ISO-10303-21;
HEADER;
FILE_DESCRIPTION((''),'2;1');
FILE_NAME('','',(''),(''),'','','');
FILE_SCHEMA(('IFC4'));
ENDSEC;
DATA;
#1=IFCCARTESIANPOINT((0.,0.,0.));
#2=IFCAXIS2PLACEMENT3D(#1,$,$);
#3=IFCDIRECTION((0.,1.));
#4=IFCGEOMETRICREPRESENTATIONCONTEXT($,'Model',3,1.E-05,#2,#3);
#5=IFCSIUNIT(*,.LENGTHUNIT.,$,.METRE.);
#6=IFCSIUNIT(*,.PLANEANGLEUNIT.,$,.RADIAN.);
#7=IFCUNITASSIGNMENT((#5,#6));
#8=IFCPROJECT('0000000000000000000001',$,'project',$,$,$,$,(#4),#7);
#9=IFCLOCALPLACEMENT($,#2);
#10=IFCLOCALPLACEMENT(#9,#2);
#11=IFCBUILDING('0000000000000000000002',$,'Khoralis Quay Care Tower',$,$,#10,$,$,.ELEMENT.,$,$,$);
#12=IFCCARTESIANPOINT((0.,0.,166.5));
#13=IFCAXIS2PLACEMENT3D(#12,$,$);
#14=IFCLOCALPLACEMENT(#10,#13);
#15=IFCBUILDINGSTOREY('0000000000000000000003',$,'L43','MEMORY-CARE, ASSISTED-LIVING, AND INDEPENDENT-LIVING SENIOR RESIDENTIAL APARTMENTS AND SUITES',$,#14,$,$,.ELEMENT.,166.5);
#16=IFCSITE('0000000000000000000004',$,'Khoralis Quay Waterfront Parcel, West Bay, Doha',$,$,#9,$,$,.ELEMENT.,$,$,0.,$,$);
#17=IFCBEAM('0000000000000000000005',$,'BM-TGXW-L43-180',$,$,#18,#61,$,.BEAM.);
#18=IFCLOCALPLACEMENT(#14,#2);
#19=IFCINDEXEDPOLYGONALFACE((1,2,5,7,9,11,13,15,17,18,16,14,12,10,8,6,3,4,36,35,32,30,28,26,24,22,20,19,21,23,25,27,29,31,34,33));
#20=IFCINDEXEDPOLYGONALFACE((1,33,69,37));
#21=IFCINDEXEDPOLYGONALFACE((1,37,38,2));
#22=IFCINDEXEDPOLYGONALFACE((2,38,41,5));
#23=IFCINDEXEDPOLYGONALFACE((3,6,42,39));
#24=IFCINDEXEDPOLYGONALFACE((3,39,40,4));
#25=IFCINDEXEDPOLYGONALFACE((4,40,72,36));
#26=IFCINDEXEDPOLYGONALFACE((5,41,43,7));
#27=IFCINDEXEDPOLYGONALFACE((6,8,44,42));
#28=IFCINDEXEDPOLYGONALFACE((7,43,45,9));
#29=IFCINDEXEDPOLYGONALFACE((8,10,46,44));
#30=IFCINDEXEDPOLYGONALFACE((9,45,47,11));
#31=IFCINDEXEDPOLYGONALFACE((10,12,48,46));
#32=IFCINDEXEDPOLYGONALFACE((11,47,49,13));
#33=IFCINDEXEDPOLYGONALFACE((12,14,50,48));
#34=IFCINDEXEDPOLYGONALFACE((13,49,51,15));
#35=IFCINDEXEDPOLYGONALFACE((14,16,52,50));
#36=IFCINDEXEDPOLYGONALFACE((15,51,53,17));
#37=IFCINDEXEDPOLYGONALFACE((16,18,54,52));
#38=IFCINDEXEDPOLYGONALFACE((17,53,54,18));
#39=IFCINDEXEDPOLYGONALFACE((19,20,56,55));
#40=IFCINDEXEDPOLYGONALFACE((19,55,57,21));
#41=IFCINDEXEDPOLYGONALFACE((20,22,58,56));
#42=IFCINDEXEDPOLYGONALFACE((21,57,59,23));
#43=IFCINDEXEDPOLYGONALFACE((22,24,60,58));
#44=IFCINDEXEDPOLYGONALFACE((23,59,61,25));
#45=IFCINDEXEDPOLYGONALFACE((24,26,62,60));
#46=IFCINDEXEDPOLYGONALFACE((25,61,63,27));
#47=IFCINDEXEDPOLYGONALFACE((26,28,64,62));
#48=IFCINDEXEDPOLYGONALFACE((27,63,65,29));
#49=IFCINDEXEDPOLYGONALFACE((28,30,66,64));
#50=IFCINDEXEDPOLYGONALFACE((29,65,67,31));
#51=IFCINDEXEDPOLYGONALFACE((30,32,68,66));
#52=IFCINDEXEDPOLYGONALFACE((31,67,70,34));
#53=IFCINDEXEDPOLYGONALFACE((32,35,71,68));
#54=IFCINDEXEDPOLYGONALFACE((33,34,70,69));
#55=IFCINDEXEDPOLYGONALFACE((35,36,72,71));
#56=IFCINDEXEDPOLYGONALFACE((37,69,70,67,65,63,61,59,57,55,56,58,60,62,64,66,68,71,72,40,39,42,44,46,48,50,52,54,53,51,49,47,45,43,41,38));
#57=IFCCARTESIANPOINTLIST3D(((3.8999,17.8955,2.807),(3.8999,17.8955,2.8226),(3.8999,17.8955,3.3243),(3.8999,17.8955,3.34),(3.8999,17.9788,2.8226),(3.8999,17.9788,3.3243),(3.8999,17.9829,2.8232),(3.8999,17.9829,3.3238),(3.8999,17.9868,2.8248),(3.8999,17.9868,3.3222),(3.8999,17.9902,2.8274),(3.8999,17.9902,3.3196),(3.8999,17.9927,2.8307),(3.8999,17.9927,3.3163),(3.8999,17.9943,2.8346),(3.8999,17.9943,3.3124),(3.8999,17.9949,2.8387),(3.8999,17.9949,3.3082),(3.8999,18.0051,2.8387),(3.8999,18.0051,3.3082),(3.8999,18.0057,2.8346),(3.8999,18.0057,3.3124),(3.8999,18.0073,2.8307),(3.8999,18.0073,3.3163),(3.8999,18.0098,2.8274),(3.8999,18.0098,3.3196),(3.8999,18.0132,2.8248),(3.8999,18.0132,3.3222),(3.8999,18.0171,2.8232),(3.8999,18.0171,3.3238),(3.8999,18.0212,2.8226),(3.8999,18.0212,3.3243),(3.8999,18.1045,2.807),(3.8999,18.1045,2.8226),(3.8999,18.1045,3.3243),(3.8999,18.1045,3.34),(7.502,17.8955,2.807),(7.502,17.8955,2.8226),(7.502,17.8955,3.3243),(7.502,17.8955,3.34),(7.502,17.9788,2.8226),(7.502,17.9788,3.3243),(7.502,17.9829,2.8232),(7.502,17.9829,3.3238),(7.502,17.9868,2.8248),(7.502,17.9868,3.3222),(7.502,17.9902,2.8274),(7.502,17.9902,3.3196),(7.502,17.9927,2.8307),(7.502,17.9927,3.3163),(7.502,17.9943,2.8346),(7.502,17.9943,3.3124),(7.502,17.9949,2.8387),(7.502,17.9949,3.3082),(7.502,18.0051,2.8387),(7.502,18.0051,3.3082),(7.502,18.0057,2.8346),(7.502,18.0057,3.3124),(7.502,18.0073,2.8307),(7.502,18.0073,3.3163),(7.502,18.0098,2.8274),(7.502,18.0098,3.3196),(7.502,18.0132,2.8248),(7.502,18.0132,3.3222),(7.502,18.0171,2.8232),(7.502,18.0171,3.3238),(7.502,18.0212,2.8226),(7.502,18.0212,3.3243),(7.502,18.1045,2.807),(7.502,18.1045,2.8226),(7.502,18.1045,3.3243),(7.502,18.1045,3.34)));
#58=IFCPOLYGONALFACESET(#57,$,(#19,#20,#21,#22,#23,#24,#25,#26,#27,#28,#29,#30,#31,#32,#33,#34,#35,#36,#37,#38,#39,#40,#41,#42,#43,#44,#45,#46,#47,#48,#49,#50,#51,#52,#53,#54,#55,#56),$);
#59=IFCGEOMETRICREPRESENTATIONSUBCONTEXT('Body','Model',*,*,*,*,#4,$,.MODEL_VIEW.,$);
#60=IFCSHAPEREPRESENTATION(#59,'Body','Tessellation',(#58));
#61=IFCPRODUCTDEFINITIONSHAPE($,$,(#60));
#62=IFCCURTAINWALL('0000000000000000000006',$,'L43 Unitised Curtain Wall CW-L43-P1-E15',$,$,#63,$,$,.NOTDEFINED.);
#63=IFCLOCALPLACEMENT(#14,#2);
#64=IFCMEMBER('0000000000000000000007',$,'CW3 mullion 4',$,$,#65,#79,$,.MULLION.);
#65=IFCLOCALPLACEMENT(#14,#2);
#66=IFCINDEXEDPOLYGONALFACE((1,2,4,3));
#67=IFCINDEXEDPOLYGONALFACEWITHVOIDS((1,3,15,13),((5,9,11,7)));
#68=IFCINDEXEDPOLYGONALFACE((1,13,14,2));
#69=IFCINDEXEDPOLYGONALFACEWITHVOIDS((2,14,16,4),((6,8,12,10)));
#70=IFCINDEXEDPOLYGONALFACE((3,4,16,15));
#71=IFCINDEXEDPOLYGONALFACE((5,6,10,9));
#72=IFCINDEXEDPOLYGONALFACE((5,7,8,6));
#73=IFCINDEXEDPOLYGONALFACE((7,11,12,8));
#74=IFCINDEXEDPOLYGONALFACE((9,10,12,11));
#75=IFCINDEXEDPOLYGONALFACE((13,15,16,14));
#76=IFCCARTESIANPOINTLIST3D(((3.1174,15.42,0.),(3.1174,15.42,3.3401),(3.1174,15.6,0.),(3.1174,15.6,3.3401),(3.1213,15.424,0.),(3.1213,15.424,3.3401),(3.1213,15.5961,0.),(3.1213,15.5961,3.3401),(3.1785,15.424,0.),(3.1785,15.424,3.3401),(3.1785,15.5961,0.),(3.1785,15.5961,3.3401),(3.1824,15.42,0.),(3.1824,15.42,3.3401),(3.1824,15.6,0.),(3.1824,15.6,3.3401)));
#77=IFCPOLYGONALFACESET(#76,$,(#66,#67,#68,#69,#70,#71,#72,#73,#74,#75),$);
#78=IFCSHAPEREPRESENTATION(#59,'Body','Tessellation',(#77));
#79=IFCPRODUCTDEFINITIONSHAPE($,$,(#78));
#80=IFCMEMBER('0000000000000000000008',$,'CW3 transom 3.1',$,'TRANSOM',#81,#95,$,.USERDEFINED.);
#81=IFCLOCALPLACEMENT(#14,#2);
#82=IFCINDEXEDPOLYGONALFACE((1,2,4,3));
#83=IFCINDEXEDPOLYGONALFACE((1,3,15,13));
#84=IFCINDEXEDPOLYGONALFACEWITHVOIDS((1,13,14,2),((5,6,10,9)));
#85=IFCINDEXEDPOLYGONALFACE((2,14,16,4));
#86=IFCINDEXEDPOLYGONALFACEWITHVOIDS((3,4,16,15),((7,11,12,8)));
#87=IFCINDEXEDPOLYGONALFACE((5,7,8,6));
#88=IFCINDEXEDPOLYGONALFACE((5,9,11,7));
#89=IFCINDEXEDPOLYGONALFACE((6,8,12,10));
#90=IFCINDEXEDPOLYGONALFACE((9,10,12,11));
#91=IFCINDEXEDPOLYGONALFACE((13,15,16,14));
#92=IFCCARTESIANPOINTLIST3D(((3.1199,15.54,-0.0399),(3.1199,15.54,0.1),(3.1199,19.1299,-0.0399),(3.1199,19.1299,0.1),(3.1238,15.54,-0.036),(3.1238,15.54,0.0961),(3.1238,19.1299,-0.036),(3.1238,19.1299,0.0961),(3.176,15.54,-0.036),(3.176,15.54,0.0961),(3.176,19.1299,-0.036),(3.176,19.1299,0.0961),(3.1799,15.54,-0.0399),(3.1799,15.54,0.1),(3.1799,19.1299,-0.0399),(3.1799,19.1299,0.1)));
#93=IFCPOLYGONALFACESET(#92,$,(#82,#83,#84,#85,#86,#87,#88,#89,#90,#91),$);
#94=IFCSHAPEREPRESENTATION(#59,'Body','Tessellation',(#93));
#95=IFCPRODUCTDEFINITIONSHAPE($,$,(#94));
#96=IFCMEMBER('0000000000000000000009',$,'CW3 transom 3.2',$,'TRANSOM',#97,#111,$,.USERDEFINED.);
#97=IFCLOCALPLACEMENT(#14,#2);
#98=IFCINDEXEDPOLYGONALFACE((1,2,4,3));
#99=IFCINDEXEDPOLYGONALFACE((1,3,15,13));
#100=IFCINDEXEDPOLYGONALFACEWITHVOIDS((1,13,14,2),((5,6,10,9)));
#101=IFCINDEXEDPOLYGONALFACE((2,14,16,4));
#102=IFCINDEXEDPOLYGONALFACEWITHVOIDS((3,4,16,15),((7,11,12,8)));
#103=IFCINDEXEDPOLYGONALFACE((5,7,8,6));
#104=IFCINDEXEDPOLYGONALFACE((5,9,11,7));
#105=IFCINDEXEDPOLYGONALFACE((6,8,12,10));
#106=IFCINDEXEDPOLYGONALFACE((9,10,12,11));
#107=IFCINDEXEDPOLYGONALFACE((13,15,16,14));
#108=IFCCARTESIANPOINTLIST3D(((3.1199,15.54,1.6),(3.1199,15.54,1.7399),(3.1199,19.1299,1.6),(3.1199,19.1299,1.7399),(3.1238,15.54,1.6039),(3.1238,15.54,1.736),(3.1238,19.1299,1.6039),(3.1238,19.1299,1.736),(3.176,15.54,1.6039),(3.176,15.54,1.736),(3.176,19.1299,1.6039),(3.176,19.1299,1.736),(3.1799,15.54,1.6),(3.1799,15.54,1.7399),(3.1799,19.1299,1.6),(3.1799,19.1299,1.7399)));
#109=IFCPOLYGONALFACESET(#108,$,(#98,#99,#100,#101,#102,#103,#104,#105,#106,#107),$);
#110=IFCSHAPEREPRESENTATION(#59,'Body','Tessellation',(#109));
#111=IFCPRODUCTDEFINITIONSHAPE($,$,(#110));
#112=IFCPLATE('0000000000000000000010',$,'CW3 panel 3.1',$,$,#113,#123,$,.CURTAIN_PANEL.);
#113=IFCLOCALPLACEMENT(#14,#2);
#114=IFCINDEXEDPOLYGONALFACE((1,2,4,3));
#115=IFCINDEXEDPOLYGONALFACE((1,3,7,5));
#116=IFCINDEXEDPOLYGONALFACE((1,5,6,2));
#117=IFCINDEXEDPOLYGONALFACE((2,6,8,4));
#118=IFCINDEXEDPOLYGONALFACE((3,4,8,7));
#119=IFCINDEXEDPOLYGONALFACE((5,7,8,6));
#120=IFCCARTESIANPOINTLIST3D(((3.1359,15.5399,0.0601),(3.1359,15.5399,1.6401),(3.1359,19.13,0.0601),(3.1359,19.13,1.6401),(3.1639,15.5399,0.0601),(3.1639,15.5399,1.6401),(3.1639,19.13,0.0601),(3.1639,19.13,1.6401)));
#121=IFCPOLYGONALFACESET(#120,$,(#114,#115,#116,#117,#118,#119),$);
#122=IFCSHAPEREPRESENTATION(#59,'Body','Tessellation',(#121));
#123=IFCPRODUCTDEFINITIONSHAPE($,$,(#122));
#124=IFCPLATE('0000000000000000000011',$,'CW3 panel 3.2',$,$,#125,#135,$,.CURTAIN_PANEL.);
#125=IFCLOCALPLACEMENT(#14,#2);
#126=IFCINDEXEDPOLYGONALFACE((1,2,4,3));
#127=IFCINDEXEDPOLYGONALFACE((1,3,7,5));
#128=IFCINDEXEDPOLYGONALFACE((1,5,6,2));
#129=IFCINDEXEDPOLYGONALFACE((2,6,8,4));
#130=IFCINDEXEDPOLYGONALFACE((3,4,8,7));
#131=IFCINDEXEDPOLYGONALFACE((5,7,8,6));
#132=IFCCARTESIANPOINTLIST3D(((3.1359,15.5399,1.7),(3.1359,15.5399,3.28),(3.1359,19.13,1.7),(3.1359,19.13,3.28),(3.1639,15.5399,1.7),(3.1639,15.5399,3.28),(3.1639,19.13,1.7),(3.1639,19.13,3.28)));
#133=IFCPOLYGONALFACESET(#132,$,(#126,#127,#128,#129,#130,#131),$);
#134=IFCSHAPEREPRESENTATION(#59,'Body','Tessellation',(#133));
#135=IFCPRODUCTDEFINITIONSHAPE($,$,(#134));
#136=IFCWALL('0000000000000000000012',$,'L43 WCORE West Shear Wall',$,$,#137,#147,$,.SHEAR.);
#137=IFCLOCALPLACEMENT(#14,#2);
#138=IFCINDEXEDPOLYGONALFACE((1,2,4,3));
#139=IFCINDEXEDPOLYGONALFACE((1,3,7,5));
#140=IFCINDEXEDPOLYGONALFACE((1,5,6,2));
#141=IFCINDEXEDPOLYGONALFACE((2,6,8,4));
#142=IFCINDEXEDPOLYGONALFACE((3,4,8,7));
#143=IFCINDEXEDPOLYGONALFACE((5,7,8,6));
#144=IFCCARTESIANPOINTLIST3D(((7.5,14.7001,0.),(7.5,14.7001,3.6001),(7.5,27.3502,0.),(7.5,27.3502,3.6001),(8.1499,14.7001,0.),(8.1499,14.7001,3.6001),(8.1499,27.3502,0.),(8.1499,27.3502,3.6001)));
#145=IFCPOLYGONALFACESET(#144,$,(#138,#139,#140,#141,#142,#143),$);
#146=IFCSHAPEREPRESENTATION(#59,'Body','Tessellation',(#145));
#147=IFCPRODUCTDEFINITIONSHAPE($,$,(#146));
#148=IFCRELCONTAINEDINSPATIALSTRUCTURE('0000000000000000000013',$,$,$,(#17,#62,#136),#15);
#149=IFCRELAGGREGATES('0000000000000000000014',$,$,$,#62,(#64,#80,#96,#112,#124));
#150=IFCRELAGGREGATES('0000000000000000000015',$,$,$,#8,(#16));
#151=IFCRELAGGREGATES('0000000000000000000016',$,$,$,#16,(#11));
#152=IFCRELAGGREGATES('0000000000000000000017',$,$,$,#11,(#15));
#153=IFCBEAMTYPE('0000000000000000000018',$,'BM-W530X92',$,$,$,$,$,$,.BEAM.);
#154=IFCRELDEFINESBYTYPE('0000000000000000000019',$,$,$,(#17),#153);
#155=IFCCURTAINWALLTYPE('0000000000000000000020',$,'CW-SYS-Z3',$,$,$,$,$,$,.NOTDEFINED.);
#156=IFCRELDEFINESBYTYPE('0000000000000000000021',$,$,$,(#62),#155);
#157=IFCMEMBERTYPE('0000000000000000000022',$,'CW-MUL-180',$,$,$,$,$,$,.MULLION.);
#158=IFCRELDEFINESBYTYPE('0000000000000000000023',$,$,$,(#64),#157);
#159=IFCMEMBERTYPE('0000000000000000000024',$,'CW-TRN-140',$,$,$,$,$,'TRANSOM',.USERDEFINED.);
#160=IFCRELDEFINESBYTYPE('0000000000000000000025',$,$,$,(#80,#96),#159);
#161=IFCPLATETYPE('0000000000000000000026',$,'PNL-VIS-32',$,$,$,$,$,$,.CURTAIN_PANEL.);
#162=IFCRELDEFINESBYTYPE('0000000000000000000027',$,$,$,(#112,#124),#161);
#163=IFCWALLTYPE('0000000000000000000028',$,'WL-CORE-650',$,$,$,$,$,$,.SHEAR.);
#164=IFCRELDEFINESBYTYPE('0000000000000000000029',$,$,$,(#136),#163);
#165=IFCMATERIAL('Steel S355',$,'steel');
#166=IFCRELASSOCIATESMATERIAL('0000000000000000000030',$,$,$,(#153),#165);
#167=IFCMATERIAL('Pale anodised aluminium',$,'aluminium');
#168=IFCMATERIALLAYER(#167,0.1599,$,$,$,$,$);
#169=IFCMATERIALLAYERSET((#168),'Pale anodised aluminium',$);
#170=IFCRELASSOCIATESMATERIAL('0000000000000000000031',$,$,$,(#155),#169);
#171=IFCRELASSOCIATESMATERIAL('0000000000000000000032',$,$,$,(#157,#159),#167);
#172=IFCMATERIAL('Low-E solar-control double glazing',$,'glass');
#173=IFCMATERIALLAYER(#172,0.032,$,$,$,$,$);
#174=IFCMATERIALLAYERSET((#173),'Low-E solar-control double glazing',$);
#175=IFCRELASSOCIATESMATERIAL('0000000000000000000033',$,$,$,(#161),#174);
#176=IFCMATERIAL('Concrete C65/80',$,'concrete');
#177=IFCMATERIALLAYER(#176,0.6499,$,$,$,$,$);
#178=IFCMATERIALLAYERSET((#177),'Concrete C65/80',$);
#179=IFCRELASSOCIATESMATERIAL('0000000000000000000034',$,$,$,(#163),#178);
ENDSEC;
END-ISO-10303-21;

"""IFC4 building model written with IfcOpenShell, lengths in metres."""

from ifc_helpers import new_model, si_unit, direction, frame, frame_2d, origin, origin_2d, place, context, subcontext, project, spatial, rectangle, hollow_rectangle, i_section, extrude, source, transform, mapped, material, layer, layer_set, material_profile, profile_set, type_object, element, aggregate, save


model = new_model("IFC4")

# Units and contexts
model_context = context("Model", 3, precision=1e-05, world=origin(), true_north=direction((0.0, 1.0)))
body_context = subcontext(model_context, "Body", "Model", "MODEL_VIEW")
ifc_project = project(units=[si_unit("LENGTHUNIT", "METRE"), si_unit("PLANEANGLEUNIT", "RADIAN")], contexts=[model_context])

# Site, building, storey
site_placement = place(None, origin())
site = spatial("IfcSite", under=ifc_project, at=site_placement, Name="Khoralis Quay Waterfront Parcel, West Bay, Doha", CompositionType="ELEMENT", RefElevation=0.0)
building_placement = place(site_placement, origin())
building = spatial("IfcBuilding", under=site, at=building_placement, Name="Khoralis Quay Care Tower", CompositionType="ELEMENT")
storey_placement = place(building_placement, frame((0.0, 0.0, 166.5)))
storey = spatial("IfcBuildingStorey", under=building, at=storey_placement, Name="L43", Description="MEMORY-CARE, ASSISTED-LIVING, AND INDEPENDENT-LIVING SENIOR RESIDENTIAL APARTMENTS AND SUITES", CompositionType="ELEMENT", Elevation=166.5)

# Shared definitions
ifc_material_1 = material(Name="Concrete C65/80", Category="concrete")

# Beam
ifc_material_2 = material(Name="Steel S355", Category="steel")
ifc_material_profile_1 = material_profile(ifc_material_2, i_section(OverallWidth=0.209, OverallDepth=0.533, WebThickness=0.0103, FlangeThickness=0.0156, FilletRadius=0.0161, at=origin_2d()), Name="Steel S355")
ifc_profile_set_1 = profile_set([ifc_material_profile_1], Name="Steel S355")
beam_type_1 = type_object("IfcBeamType", Name="BM-W530X92", PredefinedType="BEAM", material=ifc_profile_set_1)
shared_shape_1 = source(origin(), body_context, "Body", "SweptSolid", [
    extrude(i_section(OverallWidth=0.209, OverallDepth=0.533, WebThickness=0.0103, FlangeThickness=0.0156, FilletRadius=0.0161, at=origin_2d()), origin(), (0.0, 0.0, 1.0), 3.6021),
])
beam_1_placement = place(storey_placement, frame((3.8999, 18.0, 3.0735), z_axis=(1.0, 0.0, 0.0), x_axis=(0.0, 1.0, 0.0)))
element("IfcBeam", 1, at=beam_1_placement, inside=storey, type_object=beam_type_1, Name="BM-TGXW-L43-180", PredefinedType="BEAM", context=body_context, shape_type="MappedRepresentation", body=[
    mapped(shared_shape_1, transform((0.0, 0.0, 0.0), scale=1.0)),
])

# Curtain wall, members, plates
ifc_material_3 = material(Name="Pale anodised aluminium", Category="aluminium")
ifc_layer_1 = layer(ifc_material_3, 0.1599)
ifc_layer_set_1 = layer_set([ifc_layer_1], Name="Pale anodised aluminium")
curtain_wall_type = type_object("IfcCurtainWallType", Name="CW-SYS-Z3", PredefinedType="NOTDEFINED", material=ifc_layer_set_1)
curtain_wall_placement = place(storey_placement, origin())
curtain_wall = element("IfcCurtainWall", 2, at=curtain_wall_placement, inside=storey, type_object=curtain_wall_type, Name="L43 Unitised Curtain Wall CW-L43-P1-E15", PredefinedType="NOTDEFINED")
ifc_material_profile_2 = material_profile(ifc_material_3, hollow_rectangle(XDim=0.0649, YDim=0.1799, WallThickness=0.0039, at=origin_2d()), Name="Pale anodised aluminium")
ifc_profile_set_2 = profile_set([ifc_material_profile_2], Name="Pale anodised aluminium")
member_type_1 = type_object("IfcMemberType", Name="CW-MUL-180", PredefinedType="MULLION", material=ifc_profile_set_2)
shared_shape_2 = source(origin(), body_context, "Body", "SweptSolid", [
    extrude(hollow_rectangle(XDim=0.0649, YDim=0.1799, WallThickness=0.0039, at=origin_2d()), origin(), (0.0, 0.0, 1.0), 3.3401),
])
member_1_placement = place(storey_placement, frame((3.1499, 15.51, 0.0), z_axis=(0.0, 0.0, 1.0), x_axis=(1.0, 0.0, 0.0)))
member_1 = element("IfcMember", 3, at=member_1_placement, type_object=member_type_1, Name="CW3 mullion 4", PredefinedType="MULLION", context=body_context, shape_type="MappedRepresentation", body=[
    mapped(shared_shape_2, transform((0.0, 0.0, 0.0), scale=1.0)),
])
ifc_material_profile_3 = material_profile(ifc_material_3, hollow_rectangle(XDim=0.0601, YDim=0.1399, WallThickness=0.0039, at=origin_2d()), Name="Pale anodised aluminium")
ifc_profile_set_3 = profile_set([ifc_material_profile_3], Name="Pale anodised aluminium")
member_type_2 = type_object("IfcMemberType", Name="CW-TRN-140", ElementType="TRANSOM", PredefinedType="USERDEFINED", material=ifc_profile_set_3)
shared_shape_3 = source(origin(), body_context, "Body", "SweptSolid", [
    extrude(hollow_rectangle(XDim=0.0601, YDim=0.1399, WallThickness=0.0039, at=origin_2d()), origin(), (0.0, 0.0, 1.0), 3.5898),
])
member_2_placement = place(storey_placement, frame((3.1499, 19.1299, 0.03), z_axis=(0.0, -1.0, 0.0), x_axis=(1.0, 0.0, 0.0)))
member_2 = element("IfcMember", 4, at=member_2_placement, type_object=member_type_2, Name="CW3 transom 3.1", ObjectType="TRANSOM", PredefinedType="USERDEFINED", context=body_context, shape_type="MappedRepresentation", body=[
    mapped(shared_shape_3, transform((0.0, 0.0, 0.0), scale=1.0)),
])
member_3_placement = place(storey_placement, frame((3.1499, 19.1299, 1.6699), z_axis=(0.0, -1.0, 0.0), x_axis=(1.0, 0.0, 0.0)))
member_3 = element("IfcMember", 5, at=member_3_placement, type_object=member_type_2, Name="CW3 transom 3.2", ObjectType="TRANSOM", PredefinedType="USERDEFINED", context=body_context, shape_type="MappedRepresentation", body=[
    mapped(shared_shape_3, transform((0.0, 0.0, 0.0), scale=1.0)),
])
ifc_material_4 = material(Name="Low-E solar-control double glazing", Category="glass")
ifc_layer_2 = layer(ifc_material_4, 0.032)
ifc_layer_set_2 = layer_set([ifc_layer_2], Name="Low-E solar-control double glazing")
plate_type = type_object("IfcPlateType", Name="PNL-VIS-32", PredefinedType="CURTAIN_PANEL", material=ifc_layer_set_2)
shared_shape_4 = source(origin(), body_context, "Body", "SweptSolid", [
    extrude(rectangle(XDim=3.5901, YDim=0.0281, at=origin_2d()), origin(), (0.0, 0.0, 1.0), 1.5801),
])
plate_1_placement = place(storey_placement, frame((3.1499, 17.335, 0.0601), z_axis=(0.0, 0.0, 1.0), x_axis=(0.0, -1.0, 0.0)))
plate_1 = element("IfcPlate", 6, at=plate_1_placement, type_object=plate_type, Name="CW3 panel 3.1", PredefinedType="CURTAIN_PANEL", context=body_context, shape_type="MappedRepresentation", body=[
    mapped(shared_shape_4, transform((0.0, 0.0, 0.0), scale=1.0)),
])
plate_2_placement = place(storey_placement, frame((3.1499, 17.335, 1.7), z_axis=(0.0, 0.0, 1.0), x_axis=(0.0, -1.0, 0.0)))
plate_2 = element("IfcPlate", 7, at=plate_2_placement, type_object=plate_type, Name="CW3 panel 3.2", PredefinedType="CURTAIN_PANEL", context=body_context, shape_type="MappedRepresentation", body=[
    mapped(shared_shape_4, transform((0.0, 0.0, 0.0), scale=1.0)),
])
aggregate(curtain_wall, [member_1, member_2, member_3, plate_1, plate_2])

# Wall
ifc_layer_3 = layer(ifc_material_1, 0.6499)
ifc_layer_set_3 = layer_set([ifc_layer_3], Name="Concrete C65/80")
wall_type_1 = type_object("IfcWallType", Name="WL-CORE-650", PredefinedType="SHEAR", material=ifc_layer_set_3)
wall_1_placement = place(storey_placement, frame((7.825, 14.7, 0.0), z_axis=(0.0, 0.0, 1.0), x_axis=(0.0, 1.0, 0.0)))
element("IfcWall", 8, at=wall_1_placement, inside=storey, type_object=wall_type_1, Name="L43 WCORE West Shear Wall", PredefinedType="SHEAR", context=body_context, shape_type="SweptSolid", body=[
    extrude(rectangle(XDim=12.6501, YDim=0.6499, at=frame_2d((6.3252, 0.0))), origin(), (0.0, 0.0, 1.0), 3.6001),
])

save(model, "model.ifc")
